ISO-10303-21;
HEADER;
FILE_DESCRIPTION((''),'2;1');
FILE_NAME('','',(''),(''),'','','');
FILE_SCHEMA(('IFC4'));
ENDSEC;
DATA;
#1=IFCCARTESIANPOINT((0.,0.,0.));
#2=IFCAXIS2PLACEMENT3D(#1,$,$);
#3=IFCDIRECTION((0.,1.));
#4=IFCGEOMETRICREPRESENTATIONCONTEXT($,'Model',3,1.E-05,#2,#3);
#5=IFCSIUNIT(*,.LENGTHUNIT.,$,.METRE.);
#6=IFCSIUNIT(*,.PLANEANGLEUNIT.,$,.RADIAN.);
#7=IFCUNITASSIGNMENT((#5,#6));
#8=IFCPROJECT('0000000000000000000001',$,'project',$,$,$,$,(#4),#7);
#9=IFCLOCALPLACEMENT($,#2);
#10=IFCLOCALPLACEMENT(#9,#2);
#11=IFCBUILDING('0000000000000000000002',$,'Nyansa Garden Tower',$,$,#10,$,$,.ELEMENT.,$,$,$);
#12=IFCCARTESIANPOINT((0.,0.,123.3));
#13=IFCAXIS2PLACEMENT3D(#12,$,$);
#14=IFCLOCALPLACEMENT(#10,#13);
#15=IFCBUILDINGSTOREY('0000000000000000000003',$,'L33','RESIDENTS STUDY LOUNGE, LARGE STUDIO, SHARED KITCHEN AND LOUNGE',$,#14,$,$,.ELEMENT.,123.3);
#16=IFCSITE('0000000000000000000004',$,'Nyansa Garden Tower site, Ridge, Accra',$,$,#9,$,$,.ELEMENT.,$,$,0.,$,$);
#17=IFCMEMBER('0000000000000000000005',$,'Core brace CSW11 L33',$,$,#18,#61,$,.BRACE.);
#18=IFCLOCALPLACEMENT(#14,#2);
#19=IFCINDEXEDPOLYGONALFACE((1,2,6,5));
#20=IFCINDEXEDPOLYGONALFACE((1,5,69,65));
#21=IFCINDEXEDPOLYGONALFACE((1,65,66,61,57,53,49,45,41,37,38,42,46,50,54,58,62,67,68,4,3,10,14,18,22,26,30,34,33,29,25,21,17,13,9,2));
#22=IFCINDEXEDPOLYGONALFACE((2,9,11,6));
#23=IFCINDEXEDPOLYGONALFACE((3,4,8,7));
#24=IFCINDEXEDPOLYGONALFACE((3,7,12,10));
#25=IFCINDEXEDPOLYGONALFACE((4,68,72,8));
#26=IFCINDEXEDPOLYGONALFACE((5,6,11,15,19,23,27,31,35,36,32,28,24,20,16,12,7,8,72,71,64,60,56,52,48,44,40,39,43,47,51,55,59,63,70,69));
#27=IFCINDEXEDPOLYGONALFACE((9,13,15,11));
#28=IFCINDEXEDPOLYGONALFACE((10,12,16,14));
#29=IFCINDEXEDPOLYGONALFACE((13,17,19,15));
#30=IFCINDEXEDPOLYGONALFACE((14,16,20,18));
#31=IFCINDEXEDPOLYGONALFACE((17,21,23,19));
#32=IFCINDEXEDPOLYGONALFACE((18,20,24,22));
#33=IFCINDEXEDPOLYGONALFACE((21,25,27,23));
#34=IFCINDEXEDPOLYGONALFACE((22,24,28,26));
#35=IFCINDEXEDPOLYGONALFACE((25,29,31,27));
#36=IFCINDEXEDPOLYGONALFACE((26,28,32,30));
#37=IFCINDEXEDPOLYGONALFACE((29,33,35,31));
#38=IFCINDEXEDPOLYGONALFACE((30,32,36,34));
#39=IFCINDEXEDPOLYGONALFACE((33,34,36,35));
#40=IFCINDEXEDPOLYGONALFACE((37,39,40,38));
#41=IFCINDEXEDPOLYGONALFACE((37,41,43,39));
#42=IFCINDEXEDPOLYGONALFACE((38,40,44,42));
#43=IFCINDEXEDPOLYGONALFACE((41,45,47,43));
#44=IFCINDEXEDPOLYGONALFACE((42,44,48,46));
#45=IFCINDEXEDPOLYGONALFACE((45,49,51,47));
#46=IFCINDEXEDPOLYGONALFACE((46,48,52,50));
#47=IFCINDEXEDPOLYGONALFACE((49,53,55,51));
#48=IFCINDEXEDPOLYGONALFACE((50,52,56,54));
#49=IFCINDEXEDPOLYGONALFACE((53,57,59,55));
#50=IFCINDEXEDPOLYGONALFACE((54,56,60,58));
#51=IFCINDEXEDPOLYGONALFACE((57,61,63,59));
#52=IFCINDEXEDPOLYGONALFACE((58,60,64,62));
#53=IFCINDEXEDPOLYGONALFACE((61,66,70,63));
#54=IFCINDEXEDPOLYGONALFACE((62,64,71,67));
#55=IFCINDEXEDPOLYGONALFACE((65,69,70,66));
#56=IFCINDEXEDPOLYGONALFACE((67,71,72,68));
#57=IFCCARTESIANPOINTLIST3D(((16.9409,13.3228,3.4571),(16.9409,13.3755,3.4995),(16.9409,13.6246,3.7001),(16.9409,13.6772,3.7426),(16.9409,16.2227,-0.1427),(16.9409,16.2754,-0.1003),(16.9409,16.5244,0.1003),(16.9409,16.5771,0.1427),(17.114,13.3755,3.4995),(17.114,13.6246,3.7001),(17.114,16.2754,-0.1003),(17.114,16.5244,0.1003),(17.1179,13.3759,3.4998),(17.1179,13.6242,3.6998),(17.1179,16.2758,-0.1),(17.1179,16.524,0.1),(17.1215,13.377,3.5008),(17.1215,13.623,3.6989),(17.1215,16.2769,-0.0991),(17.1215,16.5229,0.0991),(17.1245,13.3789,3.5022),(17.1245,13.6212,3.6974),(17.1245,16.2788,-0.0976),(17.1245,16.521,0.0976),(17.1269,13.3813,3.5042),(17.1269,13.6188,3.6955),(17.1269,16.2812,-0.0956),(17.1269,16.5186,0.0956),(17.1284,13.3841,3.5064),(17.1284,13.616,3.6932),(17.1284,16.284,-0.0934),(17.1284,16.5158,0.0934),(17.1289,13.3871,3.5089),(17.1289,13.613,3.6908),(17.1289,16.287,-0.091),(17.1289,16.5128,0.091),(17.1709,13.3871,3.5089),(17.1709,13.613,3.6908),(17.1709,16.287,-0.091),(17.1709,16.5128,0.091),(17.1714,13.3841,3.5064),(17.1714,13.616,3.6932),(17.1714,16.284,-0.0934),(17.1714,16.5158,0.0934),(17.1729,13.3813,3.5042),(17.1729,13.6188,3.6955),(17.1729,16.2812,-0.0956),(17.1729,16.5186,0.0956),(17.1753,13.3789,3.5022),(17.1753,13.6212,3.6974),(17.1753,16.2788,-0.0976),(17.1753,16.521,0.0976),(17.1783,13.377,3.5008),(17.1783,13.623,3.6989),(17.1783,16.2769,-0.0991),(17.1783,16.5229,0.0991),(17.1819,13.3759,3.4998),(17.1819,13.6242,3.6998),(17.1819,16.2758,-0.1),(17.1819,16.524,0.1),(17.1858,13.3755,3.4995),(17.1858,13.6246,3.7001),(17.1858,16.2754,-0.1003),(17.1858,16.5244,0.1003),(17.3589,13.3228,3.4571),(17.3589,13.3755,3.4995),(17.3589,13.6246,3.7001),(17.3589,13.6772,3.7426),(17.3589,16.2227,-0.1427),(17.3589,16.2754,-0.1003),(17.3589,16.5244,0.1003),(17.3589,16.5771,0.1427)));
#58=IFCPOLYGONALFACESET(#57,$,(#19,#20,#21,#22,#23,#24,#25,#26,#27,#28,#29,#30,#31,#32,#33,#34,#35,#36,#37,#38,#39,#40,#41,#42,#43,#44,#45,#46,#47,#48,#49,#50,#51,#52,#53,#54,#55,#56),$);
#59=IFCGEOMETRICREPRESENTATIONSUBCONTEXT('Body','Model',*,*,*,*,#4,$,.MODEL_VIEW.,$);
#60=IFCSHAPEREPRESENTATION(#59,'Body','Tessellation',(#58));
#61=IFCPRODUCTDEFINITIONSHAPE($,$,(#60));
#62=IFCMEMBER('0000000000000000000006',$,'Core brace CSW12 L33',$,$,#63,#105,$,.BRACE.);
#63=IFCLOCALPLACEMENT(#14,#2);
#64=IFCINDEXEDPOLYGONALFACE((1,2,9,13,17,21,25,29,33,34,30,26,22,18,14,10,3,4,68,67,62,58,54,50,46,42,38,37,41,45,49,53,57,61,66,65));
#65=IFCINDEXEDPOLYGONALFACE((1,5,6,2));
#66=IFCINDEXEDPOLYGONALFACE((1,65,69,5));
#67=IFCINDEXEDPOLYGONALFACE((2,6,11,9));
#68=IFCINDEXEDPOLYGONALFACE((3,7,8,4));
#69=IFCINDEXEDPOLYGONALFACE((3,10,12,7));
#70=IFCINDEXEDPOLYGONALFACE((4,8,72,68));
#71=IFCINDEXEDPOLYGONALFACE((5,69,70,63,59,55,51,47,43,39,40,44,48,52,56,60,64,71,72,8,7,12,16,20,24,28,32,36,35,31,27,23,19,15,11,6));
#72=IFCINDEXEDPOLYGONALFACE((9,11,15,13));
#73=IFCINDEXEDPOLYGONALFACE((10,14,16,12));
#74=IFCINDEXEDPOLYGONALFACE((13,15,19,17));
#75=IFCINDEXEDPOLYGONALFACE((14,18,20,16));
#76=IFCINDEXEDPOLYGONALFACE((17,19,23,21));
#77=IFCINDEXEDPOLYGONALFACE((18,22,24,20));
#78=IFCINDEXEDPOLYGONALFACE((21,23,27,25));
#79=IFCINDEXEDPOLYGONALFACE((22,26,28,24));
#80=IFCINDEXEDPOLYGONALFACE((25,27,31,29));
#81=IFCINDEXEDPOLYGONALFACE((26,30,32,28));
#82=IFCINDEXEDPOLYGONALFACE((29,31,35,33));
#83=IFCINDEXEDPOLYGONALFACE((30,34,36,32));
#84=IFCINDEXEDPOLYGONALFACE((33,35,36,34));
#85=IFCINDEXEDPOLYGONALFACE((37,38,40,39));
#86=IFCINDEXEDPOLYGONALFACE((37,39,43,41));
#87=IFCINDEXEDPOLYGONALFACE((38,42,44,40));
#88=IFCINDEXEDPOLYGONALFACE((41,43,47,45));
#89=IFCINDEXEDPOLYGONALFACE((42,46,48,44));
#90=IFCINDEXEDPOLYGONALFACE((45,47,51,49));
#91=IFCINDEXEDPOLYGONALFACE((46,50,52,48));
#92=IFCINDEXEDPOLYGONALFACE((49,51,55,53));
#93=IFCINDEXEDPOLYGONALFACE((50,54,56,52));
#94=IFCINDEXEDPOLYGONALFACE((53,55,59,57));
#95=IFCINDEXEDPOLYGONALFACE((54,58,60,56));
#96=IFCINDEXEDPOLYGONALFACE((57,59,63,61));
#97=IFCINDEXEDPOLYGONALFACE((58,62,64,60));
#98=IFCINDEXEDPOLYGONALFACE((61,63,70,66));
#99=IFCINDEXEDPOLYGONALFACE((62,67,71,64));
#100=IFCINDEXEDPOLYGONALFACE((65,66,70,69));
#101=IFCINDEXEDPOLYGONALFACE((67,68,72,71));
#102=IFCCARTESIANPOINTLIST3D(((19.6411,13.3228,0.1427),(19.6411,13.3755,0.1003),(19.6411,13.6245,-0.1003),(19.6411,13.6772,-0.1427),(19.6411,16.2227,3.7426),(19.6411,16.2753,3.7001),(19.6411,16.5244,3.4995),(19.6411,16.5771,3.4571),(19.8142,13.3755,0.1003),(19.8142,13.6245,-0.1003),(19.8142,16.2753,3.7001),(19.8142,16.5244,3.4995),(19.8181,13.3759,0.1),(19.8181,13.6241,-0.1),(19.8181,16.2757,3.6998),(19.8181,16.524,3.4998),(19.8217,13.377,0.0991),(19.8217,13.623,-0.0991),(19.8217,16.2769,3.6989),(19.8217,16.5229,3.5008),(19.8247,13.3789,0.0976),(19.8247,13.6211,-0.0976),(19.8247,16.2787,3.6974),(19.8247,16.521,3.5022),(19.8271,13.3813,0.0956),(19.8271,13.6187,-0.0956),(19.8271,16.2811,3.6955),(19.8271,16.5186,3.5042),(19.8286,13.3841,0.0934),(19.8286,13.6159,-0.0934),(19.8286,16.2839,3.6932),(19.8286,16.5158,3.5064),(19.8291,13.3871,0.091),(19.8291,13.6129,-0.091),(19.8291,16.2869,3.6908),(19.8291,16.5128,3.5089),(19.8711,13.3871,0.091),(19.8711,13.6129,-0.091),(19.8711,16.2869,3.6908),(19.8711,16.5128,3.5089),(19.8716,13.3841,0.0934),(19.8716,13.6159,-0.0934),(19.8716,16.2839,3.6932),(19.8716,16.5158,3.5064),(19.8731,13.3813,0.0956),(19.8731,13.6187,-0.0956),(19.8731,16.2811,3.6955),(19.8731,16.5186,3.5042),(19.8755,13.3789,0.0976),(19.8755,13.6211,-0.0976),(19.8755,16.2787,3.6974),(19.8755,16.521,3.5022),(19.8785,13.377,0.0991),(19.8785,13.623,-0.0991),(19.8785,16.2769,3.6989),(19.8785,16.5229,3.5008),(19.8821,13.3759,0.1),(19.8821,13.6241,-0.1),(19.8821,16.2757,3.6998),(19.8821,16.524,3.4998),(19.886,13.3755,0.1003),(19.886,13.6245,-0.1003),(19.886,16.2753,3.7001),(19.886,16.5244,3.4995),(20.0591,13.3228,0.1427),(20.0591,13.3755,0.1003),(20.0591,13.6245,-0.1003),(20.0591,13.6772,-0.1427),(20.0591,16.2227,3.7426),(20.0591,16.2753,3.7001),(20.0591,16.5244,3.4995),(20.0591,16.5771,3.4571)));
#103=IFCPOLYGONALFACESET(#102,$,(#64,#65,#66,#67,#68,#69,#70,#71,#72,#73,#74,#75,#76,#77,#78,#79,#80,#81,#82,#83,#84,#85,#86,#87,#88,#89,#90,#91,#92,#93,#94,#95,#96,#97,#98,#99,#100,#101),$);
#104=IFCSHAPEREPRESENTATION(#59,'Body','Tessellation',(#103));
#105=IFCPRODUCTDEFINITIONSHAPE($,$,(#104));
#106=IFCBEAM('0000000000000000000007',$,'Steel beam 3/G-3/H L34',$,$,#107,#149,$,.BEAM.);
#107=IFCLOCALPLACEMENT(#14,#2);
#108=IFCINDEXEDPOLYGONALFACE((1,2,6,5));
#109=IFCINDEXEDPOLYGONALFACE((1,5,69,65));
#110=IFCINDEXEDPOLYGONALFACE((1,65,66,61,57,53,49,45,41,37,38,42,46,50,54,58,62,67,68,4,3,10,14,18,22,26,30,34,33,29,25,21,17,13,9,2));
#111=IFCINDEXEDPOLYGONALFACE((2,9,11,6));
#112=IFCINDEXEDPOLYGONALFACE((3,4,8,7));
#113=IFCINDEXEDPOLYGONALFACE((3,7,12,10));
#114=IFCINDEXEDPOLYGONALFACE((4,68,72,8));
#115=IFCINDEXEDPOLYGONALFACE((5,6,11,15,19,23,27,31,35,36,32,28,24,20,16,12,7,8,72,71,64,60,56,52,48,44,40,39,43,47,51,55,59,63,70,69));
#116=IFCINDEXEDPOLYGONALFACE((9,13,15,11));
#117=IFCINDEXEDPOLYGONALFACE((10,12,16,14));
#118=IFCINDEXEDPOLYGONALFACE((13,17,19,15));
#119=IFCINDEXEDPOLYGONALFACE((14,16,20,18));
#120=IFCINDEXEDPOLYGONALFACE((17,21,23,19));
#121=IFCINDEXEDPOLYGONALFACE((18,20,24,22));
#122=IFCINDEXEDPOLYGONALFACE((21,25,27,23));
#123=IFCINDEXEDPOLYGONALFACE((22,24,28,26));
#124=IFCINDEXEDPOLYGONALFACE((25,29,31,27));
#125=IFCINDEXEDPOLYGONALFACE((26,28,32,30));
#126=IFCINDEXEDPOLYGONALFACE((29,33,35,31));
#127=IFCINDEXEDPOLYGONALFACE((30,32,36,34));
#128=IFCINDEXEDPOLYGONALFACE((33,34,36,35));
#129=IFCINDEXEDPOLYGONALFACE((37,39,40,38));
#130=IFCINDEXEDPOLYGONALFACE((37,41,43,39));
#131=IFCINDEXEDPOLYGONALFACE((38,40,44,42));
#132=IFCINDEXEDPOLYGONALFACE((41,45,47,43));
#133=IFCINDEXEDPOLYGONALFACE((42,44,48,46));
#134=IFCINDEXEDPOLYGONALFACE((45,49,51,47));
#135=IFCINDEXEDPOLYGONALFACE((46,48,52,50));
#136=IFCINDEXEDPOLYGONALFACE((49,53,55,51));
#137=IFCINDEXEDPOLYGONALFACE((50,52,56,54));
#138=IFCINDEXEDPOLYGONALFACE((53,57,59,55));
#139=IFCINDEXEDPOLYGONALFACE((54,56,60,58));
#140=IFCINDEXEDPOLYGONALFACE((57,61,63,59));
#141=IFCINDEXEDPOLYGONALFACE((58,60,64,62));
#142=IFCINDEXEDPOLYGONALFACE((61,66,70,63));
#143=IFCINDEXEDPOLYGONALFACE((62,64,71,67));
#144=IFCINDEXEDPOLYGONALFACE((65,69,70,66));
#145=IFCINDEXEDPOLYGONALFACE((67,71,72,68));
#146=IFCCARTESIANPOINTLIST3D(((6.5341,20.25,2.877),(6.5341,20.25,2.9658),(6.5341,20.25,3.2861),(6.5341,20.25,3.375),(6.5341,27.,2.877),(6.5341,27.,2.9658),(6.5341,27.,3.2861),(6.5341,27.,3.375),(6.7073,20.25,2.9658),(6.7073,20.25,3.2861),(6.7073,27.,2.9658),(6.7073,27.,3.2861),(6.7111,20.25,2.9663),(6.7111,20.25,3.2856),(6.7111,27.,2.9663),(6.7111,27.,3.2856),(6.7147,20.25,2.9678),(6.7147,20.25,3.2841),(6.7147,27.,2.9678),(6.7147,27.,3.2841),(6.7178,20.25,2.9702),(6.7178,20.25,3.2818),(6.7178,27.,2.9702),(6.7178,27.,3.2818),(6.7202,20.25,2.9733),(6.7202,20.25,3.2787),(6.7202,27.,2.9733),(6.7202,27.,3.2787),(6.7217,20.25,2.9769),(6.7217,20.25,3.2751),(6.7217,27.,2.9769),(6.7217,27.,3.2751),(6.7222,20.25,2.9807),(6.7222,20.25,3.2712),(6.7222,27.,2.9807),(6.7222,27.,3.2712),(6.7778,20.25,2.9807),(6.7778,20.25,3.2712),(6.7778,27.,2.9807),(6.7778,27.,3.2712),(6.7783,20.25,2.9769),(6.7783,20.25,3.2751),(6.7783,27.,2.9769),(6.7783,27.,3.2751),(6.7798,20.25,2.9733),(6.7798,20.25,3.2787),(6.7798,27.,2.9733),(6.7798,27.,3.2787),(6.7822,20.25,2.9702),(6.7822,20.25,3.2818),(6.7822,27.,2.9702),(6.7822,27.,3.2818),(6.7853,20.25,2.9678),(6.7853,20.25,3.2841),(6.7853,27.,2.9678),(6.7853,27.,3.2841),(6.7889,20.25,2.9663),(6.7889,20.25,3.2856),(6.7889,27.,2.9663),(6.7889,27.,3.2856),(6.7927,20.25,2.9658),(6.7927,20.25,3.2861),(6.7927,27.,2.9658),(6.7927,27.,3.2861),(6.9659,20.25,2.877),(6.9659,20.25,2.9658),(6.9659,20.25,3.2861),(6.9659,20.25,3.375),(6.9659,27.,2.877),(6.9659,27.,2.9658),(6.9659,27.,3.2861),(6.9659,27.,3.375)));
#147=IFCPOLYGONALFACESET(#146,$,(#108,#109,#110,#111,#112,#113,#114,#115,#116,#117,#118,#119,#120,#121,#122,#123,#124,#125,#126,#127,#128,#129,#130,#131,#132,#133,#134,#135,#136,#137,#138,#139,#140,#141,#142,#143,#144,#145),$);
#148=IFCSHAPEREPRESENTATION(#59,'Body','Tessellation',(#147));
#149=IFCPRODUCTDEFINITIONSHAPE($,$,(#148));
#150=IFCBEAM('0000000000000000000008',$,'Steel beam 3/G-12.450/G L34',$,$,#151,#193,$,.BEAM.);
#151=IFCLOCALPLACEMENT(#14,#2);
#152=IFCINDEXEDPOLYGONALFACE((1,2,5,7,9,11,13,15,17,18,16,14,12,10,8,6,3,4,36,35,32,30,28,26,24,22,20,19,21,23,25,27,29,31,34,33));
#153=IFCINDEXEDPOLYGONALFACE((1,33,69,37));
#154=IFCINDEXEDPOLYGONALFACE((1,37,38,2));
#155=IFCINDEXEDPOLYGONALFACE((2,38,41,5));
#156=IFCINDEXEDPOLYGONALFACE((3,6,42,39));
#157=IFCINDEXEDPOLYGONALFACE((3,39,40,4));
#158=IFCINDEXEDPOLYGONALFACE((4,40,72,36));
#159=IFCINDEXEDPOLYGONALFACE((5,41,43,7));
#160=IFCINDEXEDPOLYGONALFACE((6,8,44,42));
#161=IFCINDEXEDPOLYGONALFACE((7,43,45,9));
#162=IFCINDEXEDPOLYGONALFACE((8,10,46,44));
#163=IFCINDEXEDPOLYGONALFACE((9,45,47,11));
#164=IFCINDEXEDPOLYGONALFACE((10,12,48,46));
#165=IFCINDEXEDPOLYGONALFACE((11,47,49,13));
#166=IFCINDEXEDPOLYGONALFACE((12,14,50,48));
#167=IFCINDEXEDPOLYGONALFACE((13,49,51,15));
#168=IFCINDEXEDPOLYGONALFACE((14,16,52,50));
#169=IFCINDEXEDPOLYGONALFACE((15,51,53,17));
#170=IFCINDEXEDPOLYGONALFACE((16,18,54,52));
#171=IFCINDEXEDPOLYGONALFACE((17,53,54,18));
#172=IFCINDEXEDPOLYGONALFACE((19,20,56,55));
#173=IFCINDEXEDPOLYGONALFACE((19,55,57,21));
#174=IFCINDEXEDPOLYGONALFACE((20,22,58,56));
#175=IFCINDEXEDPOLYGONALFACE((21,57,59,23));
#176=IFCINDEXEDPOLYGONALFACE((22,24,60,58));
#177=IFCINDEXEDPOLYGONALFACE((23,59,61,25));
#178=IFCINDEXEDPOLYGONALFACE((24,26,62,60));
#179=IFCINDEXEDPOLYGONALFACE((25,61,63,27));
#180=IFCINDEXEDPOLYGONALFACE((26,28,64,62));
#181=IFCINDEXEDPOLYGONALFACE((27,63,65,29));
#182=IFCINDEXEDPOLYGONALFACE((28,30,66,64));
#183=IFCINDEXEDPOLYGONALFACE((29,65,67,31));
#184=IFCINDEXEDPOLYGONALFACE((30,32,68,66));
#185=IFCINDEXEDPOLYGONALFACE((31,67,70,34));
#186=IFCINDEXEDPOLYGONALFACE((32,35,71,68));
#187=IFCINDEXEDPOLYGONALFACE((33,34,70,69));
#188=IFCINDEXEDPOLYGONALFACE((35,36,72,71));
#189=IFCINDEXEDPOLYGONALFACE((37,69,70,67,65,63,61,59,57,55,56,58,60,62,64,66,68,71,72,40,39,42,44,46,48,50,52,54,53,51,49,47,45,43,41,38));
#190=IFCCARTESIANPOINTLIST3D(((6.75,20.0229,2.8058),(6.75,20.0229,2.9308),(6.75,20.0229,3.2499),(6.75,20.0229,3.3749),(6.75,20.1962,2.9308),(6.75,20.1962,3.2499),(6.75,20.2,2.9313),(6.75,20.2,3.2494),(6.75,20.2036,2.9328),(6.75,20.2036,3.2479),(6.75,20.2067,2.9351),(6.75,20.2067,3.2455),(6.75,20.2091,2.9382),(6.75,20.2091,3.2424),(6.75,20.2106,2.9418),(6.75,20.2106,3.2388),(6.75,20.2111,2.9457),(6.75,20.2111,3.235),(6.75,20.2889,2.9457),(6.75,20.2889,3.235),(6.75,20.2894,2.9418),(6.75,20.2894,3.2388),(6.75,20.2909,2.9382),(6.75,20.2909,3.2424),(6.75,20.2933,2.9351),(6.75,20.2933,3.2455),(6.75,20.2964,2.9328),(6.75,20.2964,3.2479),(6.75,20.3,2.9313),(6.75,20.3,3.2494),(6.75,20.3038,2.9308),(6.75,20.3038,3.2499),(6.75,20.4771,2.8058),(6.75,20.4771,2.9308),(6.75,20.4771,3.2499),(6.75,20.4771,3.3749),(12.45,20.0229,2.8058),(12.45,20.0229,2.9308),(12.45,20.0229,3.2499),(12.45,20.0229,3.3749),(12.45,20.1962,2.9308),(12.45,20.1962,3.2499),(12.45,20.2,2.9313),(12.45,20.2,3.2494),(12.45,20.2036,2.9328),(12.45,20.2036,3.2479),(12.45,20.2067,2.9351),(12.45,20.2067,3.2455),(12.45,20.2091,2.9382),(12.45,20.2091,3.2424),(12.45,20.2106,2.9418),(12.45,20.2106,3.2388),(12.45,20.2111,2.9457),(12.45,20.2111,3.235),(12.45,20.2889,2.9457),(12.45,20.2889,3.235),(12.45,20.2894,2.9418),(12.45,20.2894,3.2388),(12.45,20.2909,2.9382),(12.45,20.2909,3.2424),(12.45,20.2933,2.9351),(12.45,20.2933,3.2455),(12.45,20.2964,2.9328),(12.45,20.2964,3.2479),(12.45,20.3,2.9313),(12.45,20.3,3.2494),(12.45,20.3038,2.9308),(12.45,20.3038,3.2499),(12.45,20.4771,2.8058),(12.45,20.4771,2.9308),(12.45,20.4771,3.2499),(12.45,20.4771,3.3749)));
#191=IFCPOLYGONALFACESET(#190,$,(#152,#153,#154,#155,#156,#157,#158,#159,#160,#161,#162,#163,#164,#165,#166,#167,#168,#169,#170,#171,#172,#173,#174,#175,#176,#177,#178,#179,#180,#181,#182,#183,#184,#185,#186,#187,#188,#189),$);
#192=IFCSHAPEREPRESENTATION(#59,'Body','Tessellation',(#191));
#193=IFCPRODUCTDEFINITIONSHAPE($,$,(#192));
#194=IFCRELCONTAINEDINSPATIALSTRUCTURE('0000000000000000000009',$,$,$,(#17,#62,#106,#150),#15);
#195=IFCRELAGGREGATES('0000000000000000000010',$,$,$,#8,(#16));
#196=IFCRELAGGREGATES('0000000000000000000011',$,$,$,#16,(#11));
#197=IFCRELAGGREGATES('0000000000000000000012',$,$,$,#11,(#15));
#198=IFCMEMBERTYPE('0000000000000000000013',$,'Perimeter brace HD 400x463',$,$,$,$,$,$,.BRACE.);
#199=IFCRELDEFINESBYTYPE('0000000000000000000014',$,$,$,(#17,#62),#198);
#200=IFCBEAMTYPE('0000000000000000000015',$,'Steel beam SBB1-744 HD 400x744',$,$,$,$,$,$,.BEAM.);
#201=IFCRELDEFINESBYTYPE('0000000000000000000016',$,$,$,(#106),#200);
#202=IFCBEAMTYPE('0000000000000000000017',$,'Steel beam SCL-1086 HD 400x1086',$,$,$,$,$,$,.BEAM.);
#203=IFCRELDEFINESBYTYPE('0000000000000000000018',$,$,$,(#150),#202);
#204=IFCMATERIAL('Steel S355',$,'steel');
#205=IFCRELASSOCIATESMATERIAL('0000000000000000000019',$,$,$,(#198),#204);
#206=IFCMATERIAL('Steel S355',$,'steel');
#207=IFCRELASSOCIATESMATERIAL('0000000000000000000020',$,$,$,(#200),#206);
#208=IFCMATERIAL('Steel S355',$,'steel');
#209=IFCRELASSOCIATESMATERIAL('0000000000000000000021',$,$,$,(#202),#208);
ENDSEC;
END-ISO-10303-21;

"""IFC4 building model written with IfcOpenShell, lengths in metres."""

from ifc_helpers import new_model, si_unit, direction, frame, origin, origin_2d, place, context, subcontext, project, spatial, i_section, extrude, material, material_profile, profile_set, type_object, element, save


model = new_model("IFC4")

# Units and contexts
model_context = context("Model", 3, precision=1e-05, world=origin(), true_north=direction((0.0, 1.0)))
body_context = subcontext(model_context, "Body", "Model", "MODEL_VIEW")
ifc_project = project(units=[si_unit("LENGTHUNIT", "METRE"), si_unit("PLANEANGLEUNIT", "RADIAN")], contexts=[model_context])

# Site, building, storey
site_placement = place(None, origin())
site = spatial("IfcSite", under=ifc_project, at=site_placement, Name="Nyansa Garden Tower site, Ridge, Accra", CompositionType="ELEMENT", RefElevation=0.0)
building_placement = place(site_placement, origin())
building = spatial("IfcBuilding", under=site, at=building_placement, Name="Nyansa Garden Tower", CompositionType="ELEMENT")
storey_placement = place(building_placement, frame((0.0, 0.0, 123.3)))
storey = spatial("IfcBuildingStorey", under=building, at=storey_placement, Name="L33", Description="RESIDENTS STUDY LOUNGE, LARGE STUDIO, SHARED KITCHEN AND LOUNGE", CompositionType="ELEMENT", Elevation=123.3)

# Members
ifc_material_1 = material(Name="Steel S355", Category="steel")
ifc_material_profile_1 = material_profile(ifc_material_1, i_section(OverallWidth=0.418, OverallDepth=0.4551, WebThickness=0.042, FlangeThickness=0.0676, FilletRadius=0.0149, at=origin_2d()), Name="HD 400x463")
ifc_profile_set_1 = profile_set([ifc_material_profile_1], Name="Steel S355")
member_type = type_object("IfcMemberType", Name="Perimeter brace HD 400x463", PredefinedType="BRACE", material=ifc_profile_set_1)
for number, where, z_axis, x_axis, name in (
    (1, (17.1499, 16.3999, 0.0), (0.0, -0.627332, 0.778752), (1.0, 0.0, 0.0), "Core brace CSW11 L33"),
    (2, (19.8501, 13.5, 0.0), (0.0, 0.627332, 0.778752), (-1.0, 0.0, 0.0), "Core brace CSW12 L33"),
):
    element("IfcMember", number, at=place(storey_placement, frame(where, z_axis=z_axis, x_axis=x_axis)), inside=storey, type_object=member_type, Name=name, PredefinedType="BRACE", context=body_context, shape_type="SweptSolid", body=[
        extrude(i_section(OverallWidth=0.418, OverallDepth=0.4551, WebThickness=0.042, FlangeThickness=0.0676, FilletRadius=0.0149, at=origin_2d()), origin(), (0.0, 0.0, 1.0), 4.6226),
    ])

# Beams
ifc_material_2 = material(Name="Steel S355", Category="steel")
ifc_material_profile_2 = material_profile(ifc_material_2, i_section(OverallWidth=0.4319, OverallDepth=0.498, WebThickness=0.0557, FlangeThickness=0.0889, FilletRadius=0.0149, at=origin_2d()), Name="HD 400x744")
ifc_profile_set_2 = profile_set([ifc_material_profile_2], Name="Steel S355")
beam_type_1 = type_object("IfcBeamType", Name="Steel beam SBB1-744 HD 400x744", PredefinedType="BEAM", material=ifc_profile_set_2)
beam_1_placement = place(storey_placement, frame((6.75, 20.25, 3.126), z_axis=(0.0, 1.0, 0.0), x_axis=(-1.0, 0.0, 0.0)))
element("IfcBeam", 3, at=beam_1_placement, inside=storey, type_object=beam_type_1, Name="Steel beam 3/G-3/H L34", PredefinedType="BEAM", context=body_context, shape_type="SweptSolid", body=[
    extrude(i_section(OverallWidth=0.4319, OverallDepth=0.498, WebThickness=0.0557, FlangeThickness=0.0889, FilletRadius=0.0149, at=origin_2d()), origin(), (0.0, 0.0, 1.0), 6.75),
])
ifc_material_3 = material(Name="Steel S355", Category="steel")
ifc_material_profile_3 = material_profile(ifc_material_3, i_section(OverallWidth=0.4541, OverallDepth=0.5691, WebThickness=0.0779, FlangeThickness=0.125, FilletRadius=0.0149, at=origin_2d()), Name="HD 400x1086")
ifc_profile_set_3 = profile_set([ifc_material_profile_3], Name="Steel S355")
beam_type_2 = type_object("IfcBeamType", Name="Steel beam SCL-1086 HD 400x1086", PredefinedType="BEAM", material=ifc_profile_set_3)
beam_2_placement = place(storey_placement, frame((6.75, 20.25, 3.0903), z_axis=(1.0, 0.0, 0.0), x_axis=(0.0, 1.0, 0.0)))
element("IfcBeam", 4, at=beam_2_placement, inside=storey, type_object=beam_type_2, Name="Steel beam 3/G-12.450/G L34", PredefinedType="BEAM", context=body_context, shape_type="SweptSolid", body=[
    extrude(i_section(OverallWidth=0.4541, OverallDepth=0.5691, WebThickness=0.0779, FlangeThickness=0.125, FilletRadius=0.0149, at=origin_2d()), origin(), (0.0, 0.0, 1.0), 5.7),
])

save(model, "model.ifc")
